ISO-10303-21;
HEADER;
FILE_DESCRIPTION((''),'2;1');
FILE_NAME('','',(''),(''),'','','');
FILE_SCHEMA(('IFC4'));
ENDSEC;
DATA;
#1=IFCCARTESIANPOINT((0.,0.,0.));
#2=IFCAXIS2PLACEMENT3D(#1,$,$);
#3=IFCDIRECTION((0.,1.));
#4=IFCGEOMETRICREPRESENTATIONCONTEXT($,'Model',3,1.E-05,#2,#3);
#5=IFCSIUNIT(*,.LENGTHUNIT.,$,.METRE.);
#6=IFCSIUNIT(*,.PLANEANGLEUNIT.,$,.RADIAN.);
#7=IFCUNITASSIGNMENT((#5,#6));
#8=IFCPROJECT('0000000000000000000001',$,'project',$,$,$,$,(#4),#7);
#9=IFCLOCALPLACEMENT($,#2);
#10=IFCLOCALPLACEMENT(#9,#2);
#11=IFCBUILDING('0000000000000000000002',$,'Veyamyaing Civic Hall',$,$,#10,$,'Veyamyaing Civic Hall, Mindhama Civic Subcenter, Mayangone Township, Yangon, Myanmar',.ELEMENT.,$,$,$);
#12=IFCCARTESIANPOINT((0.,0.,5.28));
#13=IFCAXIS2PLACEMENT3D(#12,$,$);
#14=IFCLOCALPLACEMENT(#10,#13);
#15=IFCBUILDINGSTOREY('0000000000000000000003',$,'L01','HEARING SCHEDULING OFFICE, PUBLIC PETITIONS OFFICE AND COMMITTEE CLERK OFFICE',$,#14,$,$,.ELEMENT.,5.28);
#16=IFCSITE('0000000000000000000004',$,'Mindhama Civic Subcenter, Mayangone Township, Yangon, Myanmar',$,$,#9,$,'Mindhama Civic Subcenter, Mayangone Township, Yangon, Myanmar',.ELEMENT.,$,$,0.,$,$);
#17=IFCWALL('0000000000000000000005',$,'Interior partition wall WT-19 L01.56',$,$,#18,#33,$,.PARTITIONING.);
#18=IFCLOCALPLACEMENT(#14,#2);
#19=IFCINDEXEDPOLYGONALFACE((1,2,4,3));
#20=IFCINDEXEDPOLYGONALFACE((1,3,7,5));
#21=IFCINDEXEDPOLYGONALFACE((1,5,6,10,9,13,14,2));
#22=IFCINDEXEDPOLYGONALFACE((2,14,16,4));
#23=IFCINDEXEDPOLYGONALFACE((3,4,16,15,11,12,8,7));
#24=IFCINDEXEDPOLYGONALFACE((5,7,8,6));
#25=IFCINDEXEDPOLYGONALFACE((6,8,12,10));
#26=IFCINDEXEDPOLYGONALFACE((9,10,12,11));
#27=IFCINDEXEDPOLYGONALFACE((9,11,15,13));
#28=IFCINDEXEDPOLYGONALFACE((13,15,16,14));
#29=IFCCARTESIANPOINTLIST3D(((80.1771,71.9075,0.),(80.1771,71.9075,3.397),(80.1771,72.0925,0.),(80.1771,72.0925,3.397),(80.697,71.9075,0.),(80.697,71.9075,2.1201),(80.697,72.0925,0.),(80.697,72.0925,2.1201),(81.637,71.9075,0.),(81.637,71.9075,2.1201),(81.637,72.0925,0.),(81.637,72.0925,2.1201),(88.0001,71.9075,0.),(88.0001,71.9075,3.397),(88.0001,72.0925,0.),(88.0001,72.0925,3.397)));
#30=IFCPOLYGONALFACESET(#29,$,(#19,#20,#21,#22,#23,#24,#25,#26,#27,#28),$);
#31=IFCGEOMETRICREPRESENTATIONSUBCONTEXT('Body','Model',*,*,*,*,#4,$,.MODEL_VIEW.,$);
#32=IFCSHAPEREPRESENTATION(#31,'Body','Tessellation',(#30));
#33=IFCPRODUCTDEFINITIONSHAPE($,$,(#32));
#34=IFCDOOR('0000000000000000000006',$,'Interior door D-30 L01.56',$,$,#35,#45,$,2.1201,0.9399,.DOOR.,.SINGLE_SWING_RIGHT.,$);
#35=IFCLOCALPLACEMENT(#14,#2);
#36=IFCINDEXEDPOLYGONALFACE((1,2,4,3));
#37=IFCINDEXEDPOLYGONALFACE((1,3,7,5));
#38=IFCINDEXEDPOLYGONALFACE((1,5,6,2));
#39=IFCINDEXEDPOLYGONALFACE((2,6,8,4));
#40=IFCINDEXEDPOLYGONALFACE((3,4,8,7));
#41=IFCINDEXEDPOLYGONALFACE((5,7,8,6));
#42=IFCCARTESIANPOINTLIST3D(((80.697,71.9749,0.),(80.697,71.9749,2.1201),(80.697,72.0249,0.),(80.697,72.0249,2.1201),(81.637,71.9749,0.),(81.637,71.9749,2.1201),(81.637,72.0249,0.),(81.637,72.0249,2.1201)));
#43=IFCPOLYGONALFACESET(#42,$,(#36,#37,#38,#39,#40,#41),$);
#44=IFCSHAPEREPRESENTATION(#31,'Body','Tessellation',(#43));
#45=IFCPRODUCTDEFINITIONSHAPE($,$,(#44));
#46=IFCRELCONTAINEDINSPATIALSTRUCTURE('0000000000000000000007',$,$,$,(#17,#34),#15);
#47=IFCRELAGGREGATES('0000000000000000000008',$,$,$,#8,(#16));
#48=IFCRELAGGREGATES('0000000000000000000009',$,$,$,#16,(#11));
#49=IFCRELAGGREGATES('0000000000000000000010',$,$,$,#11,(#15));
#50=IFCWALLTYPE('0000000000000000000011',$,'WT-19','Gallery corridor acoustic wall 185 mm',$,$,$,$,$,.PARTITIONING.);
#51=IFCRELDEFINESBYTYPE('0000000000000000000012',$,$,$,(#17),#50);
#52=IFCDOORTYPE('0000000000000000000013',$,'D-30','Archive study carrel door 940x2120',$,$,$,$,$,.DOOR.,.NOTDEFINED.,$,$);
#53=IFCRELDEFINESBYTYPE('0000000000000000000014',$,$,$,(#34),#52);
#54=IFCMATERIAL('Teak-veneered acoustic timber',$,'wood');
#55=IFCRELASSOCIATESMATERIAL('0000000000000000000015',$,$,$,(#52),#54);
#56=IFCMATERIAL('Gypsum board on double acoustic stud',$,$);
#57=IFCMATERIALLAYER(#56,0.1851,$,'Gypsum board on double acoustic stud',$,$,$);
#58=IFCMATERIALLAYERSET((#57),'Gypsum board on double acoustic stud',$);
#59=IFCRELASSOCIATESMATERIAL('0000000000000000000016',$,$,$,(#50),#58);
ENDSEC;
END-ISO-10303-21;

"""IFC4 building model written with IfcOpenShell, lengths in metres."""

from ifc_helpers import new_model, si_unit, direction, frame, frame_2d, origin, place, context, subcontext, project, spatial, rectangle, extrude, material, layer, layer_set, type_object, element, fill, save


model = new_model("IFC4")

# Units and contexts
model_context = context("Model", 3, precision=1e-05, world=origin(), true_north=direction((0.0, 1.0)))
body_context = subcontext(model_context, "Body", "Model", "MODEL_VIEW")
ifc_project = project(units=[si_unit("LENGTHUNIT", "METRE"), si_unit("PLANEANGLEUNIT", "RADIAN")], contexts=[model_context])

# Site, building, storey
site_placement = place(None, origin())
site = spatial("IfcSite", under=ifc_project, at=site_placement, Name="Mindhama Civic Subcenter, Mayangone Township, Yangon, Myanmar", LongName="Mindhama Civic Subcenter, Mayangone Township, Yangon, Myanmar", CompositionType="ELEMENT", RefElevation=0.0)
building_placement = place(site_placement, origin())
building = spatial("IfcBuilding", under=site, at=building_placement, Name="Veyamyaing Civic Hall", LongName="Veyamyaing Civic Hall, Mindhama Civic Subcenter, Mayangone Township, Yangon, Myanmar", CompositionType="ELEMENT")
storey_placement = place(building_placement, frame((0.0, 0.0, 5.28)))
storey = spatial("IfcBuildingStorey", under=building, at=storey_placement, Name="L01", Description="HEARING SCHEDULING OFFICE, PUBLIC PETITIONS OFFICE AND COMMITTEE CLERK OFFICE", CompositionType="ELEMENT", Elevation=5.28)

# Shared definitions
ifc_material_1 = material(Name="Teak-veneered acoustic timber", Category="wood")
door_type_1 = type_object("IfcDoorType", Name="D-30", Description="Archive study carrel door 940x2120", OperationType="NOTDEFINED", PredefinedType="DOOR", material=ifc_material_1)

# Shared definitions
ifc_material_2 = material(Name="Gypsum board on double acoustic stud")
ifc_layer_1 = layer(ifc_material_2, 0.1851, Name="Gypsum board on double acoustic stud")
ifc_layer_set_1 = layer_set([ifc_layer_1], Name="Gypsum board on double acoustic stud")
wall_type_1 = type_object("IfcWallType", Name="WT-19", Description="Gallery corridor acoustic wall 185 mm", PredefinedType="PARTITIONING", material=ifc_layer_set_1)

# Wall, opening, door
wall_1_placement = place(storey_placement, frame((80.177, 72.0, 0.0), z_axis=(0.0, 0.0, 1.0), x_axis=(1.0, 0.0, 0.0)))
wall_1 = element("IfcWall", 1, at=wall_1_placement, inside=storey, type_object=wall_type_1, Name="Interior partition wall WT-19 L01.56", PredefinedType="PARTITIONING", context=body_context, shape_type="SweptSolid", body=[
    extrude(rectangle(XDim=7.823, YDim=0.1851, at=frame_2d((3.9116, 0.0))), origin(), (0.0, 0.0, 1.0), 3.397),
])
opening_1_placement = place(wall_1_placement, frame((0.52, 0.0, 0.0)))
opening_1 = element("IfcOpeningElement", 2, at=opening_1_placement, cuts=wall_1, PredefinedType="OPENING", context=body_context, shape_type="SweptSolid", body=[
    extrude(rectangle(XDim=0.9399, YDim=2.1201, at=frame_2d((0.47, 1.0601))), frame((0.0, 0.1025, 0.0), z_axis=(0.0, -1.0, 0.0), x_axis=(1.0, 0.0, 0.0)), (0.0, 0.0, 1.0), 0.2051),
])
door_1_placement = place(opening_1_placement, origin())
door_1 = element("IfcDoor", 3, at=door_1_placement, inside=storey, type_object=door_type_1, Name="Interior door D-30 L01.56", OperationType="SINGLE_SWING_RIGHT", OverallHeight=2.1201, OverallWidth=0.9399, PredefinedType="DOOR", context=body_context, shape_type="SweptSolid", body=[
    extrude(rectangle(XDim=0.9399, YDim=2.1201, at=frame_2d((0.47, 1.0601))), frame((0.0, 0.0249, 0.0), z_axis=(0.0, -1.0, 0.0), x_axis=(1.0, 0.0, 0.0)), (0.0, 0.0, 1.0), 0.05),
])
fill(opening_1, door_1)

save(model, "model.ifc")
